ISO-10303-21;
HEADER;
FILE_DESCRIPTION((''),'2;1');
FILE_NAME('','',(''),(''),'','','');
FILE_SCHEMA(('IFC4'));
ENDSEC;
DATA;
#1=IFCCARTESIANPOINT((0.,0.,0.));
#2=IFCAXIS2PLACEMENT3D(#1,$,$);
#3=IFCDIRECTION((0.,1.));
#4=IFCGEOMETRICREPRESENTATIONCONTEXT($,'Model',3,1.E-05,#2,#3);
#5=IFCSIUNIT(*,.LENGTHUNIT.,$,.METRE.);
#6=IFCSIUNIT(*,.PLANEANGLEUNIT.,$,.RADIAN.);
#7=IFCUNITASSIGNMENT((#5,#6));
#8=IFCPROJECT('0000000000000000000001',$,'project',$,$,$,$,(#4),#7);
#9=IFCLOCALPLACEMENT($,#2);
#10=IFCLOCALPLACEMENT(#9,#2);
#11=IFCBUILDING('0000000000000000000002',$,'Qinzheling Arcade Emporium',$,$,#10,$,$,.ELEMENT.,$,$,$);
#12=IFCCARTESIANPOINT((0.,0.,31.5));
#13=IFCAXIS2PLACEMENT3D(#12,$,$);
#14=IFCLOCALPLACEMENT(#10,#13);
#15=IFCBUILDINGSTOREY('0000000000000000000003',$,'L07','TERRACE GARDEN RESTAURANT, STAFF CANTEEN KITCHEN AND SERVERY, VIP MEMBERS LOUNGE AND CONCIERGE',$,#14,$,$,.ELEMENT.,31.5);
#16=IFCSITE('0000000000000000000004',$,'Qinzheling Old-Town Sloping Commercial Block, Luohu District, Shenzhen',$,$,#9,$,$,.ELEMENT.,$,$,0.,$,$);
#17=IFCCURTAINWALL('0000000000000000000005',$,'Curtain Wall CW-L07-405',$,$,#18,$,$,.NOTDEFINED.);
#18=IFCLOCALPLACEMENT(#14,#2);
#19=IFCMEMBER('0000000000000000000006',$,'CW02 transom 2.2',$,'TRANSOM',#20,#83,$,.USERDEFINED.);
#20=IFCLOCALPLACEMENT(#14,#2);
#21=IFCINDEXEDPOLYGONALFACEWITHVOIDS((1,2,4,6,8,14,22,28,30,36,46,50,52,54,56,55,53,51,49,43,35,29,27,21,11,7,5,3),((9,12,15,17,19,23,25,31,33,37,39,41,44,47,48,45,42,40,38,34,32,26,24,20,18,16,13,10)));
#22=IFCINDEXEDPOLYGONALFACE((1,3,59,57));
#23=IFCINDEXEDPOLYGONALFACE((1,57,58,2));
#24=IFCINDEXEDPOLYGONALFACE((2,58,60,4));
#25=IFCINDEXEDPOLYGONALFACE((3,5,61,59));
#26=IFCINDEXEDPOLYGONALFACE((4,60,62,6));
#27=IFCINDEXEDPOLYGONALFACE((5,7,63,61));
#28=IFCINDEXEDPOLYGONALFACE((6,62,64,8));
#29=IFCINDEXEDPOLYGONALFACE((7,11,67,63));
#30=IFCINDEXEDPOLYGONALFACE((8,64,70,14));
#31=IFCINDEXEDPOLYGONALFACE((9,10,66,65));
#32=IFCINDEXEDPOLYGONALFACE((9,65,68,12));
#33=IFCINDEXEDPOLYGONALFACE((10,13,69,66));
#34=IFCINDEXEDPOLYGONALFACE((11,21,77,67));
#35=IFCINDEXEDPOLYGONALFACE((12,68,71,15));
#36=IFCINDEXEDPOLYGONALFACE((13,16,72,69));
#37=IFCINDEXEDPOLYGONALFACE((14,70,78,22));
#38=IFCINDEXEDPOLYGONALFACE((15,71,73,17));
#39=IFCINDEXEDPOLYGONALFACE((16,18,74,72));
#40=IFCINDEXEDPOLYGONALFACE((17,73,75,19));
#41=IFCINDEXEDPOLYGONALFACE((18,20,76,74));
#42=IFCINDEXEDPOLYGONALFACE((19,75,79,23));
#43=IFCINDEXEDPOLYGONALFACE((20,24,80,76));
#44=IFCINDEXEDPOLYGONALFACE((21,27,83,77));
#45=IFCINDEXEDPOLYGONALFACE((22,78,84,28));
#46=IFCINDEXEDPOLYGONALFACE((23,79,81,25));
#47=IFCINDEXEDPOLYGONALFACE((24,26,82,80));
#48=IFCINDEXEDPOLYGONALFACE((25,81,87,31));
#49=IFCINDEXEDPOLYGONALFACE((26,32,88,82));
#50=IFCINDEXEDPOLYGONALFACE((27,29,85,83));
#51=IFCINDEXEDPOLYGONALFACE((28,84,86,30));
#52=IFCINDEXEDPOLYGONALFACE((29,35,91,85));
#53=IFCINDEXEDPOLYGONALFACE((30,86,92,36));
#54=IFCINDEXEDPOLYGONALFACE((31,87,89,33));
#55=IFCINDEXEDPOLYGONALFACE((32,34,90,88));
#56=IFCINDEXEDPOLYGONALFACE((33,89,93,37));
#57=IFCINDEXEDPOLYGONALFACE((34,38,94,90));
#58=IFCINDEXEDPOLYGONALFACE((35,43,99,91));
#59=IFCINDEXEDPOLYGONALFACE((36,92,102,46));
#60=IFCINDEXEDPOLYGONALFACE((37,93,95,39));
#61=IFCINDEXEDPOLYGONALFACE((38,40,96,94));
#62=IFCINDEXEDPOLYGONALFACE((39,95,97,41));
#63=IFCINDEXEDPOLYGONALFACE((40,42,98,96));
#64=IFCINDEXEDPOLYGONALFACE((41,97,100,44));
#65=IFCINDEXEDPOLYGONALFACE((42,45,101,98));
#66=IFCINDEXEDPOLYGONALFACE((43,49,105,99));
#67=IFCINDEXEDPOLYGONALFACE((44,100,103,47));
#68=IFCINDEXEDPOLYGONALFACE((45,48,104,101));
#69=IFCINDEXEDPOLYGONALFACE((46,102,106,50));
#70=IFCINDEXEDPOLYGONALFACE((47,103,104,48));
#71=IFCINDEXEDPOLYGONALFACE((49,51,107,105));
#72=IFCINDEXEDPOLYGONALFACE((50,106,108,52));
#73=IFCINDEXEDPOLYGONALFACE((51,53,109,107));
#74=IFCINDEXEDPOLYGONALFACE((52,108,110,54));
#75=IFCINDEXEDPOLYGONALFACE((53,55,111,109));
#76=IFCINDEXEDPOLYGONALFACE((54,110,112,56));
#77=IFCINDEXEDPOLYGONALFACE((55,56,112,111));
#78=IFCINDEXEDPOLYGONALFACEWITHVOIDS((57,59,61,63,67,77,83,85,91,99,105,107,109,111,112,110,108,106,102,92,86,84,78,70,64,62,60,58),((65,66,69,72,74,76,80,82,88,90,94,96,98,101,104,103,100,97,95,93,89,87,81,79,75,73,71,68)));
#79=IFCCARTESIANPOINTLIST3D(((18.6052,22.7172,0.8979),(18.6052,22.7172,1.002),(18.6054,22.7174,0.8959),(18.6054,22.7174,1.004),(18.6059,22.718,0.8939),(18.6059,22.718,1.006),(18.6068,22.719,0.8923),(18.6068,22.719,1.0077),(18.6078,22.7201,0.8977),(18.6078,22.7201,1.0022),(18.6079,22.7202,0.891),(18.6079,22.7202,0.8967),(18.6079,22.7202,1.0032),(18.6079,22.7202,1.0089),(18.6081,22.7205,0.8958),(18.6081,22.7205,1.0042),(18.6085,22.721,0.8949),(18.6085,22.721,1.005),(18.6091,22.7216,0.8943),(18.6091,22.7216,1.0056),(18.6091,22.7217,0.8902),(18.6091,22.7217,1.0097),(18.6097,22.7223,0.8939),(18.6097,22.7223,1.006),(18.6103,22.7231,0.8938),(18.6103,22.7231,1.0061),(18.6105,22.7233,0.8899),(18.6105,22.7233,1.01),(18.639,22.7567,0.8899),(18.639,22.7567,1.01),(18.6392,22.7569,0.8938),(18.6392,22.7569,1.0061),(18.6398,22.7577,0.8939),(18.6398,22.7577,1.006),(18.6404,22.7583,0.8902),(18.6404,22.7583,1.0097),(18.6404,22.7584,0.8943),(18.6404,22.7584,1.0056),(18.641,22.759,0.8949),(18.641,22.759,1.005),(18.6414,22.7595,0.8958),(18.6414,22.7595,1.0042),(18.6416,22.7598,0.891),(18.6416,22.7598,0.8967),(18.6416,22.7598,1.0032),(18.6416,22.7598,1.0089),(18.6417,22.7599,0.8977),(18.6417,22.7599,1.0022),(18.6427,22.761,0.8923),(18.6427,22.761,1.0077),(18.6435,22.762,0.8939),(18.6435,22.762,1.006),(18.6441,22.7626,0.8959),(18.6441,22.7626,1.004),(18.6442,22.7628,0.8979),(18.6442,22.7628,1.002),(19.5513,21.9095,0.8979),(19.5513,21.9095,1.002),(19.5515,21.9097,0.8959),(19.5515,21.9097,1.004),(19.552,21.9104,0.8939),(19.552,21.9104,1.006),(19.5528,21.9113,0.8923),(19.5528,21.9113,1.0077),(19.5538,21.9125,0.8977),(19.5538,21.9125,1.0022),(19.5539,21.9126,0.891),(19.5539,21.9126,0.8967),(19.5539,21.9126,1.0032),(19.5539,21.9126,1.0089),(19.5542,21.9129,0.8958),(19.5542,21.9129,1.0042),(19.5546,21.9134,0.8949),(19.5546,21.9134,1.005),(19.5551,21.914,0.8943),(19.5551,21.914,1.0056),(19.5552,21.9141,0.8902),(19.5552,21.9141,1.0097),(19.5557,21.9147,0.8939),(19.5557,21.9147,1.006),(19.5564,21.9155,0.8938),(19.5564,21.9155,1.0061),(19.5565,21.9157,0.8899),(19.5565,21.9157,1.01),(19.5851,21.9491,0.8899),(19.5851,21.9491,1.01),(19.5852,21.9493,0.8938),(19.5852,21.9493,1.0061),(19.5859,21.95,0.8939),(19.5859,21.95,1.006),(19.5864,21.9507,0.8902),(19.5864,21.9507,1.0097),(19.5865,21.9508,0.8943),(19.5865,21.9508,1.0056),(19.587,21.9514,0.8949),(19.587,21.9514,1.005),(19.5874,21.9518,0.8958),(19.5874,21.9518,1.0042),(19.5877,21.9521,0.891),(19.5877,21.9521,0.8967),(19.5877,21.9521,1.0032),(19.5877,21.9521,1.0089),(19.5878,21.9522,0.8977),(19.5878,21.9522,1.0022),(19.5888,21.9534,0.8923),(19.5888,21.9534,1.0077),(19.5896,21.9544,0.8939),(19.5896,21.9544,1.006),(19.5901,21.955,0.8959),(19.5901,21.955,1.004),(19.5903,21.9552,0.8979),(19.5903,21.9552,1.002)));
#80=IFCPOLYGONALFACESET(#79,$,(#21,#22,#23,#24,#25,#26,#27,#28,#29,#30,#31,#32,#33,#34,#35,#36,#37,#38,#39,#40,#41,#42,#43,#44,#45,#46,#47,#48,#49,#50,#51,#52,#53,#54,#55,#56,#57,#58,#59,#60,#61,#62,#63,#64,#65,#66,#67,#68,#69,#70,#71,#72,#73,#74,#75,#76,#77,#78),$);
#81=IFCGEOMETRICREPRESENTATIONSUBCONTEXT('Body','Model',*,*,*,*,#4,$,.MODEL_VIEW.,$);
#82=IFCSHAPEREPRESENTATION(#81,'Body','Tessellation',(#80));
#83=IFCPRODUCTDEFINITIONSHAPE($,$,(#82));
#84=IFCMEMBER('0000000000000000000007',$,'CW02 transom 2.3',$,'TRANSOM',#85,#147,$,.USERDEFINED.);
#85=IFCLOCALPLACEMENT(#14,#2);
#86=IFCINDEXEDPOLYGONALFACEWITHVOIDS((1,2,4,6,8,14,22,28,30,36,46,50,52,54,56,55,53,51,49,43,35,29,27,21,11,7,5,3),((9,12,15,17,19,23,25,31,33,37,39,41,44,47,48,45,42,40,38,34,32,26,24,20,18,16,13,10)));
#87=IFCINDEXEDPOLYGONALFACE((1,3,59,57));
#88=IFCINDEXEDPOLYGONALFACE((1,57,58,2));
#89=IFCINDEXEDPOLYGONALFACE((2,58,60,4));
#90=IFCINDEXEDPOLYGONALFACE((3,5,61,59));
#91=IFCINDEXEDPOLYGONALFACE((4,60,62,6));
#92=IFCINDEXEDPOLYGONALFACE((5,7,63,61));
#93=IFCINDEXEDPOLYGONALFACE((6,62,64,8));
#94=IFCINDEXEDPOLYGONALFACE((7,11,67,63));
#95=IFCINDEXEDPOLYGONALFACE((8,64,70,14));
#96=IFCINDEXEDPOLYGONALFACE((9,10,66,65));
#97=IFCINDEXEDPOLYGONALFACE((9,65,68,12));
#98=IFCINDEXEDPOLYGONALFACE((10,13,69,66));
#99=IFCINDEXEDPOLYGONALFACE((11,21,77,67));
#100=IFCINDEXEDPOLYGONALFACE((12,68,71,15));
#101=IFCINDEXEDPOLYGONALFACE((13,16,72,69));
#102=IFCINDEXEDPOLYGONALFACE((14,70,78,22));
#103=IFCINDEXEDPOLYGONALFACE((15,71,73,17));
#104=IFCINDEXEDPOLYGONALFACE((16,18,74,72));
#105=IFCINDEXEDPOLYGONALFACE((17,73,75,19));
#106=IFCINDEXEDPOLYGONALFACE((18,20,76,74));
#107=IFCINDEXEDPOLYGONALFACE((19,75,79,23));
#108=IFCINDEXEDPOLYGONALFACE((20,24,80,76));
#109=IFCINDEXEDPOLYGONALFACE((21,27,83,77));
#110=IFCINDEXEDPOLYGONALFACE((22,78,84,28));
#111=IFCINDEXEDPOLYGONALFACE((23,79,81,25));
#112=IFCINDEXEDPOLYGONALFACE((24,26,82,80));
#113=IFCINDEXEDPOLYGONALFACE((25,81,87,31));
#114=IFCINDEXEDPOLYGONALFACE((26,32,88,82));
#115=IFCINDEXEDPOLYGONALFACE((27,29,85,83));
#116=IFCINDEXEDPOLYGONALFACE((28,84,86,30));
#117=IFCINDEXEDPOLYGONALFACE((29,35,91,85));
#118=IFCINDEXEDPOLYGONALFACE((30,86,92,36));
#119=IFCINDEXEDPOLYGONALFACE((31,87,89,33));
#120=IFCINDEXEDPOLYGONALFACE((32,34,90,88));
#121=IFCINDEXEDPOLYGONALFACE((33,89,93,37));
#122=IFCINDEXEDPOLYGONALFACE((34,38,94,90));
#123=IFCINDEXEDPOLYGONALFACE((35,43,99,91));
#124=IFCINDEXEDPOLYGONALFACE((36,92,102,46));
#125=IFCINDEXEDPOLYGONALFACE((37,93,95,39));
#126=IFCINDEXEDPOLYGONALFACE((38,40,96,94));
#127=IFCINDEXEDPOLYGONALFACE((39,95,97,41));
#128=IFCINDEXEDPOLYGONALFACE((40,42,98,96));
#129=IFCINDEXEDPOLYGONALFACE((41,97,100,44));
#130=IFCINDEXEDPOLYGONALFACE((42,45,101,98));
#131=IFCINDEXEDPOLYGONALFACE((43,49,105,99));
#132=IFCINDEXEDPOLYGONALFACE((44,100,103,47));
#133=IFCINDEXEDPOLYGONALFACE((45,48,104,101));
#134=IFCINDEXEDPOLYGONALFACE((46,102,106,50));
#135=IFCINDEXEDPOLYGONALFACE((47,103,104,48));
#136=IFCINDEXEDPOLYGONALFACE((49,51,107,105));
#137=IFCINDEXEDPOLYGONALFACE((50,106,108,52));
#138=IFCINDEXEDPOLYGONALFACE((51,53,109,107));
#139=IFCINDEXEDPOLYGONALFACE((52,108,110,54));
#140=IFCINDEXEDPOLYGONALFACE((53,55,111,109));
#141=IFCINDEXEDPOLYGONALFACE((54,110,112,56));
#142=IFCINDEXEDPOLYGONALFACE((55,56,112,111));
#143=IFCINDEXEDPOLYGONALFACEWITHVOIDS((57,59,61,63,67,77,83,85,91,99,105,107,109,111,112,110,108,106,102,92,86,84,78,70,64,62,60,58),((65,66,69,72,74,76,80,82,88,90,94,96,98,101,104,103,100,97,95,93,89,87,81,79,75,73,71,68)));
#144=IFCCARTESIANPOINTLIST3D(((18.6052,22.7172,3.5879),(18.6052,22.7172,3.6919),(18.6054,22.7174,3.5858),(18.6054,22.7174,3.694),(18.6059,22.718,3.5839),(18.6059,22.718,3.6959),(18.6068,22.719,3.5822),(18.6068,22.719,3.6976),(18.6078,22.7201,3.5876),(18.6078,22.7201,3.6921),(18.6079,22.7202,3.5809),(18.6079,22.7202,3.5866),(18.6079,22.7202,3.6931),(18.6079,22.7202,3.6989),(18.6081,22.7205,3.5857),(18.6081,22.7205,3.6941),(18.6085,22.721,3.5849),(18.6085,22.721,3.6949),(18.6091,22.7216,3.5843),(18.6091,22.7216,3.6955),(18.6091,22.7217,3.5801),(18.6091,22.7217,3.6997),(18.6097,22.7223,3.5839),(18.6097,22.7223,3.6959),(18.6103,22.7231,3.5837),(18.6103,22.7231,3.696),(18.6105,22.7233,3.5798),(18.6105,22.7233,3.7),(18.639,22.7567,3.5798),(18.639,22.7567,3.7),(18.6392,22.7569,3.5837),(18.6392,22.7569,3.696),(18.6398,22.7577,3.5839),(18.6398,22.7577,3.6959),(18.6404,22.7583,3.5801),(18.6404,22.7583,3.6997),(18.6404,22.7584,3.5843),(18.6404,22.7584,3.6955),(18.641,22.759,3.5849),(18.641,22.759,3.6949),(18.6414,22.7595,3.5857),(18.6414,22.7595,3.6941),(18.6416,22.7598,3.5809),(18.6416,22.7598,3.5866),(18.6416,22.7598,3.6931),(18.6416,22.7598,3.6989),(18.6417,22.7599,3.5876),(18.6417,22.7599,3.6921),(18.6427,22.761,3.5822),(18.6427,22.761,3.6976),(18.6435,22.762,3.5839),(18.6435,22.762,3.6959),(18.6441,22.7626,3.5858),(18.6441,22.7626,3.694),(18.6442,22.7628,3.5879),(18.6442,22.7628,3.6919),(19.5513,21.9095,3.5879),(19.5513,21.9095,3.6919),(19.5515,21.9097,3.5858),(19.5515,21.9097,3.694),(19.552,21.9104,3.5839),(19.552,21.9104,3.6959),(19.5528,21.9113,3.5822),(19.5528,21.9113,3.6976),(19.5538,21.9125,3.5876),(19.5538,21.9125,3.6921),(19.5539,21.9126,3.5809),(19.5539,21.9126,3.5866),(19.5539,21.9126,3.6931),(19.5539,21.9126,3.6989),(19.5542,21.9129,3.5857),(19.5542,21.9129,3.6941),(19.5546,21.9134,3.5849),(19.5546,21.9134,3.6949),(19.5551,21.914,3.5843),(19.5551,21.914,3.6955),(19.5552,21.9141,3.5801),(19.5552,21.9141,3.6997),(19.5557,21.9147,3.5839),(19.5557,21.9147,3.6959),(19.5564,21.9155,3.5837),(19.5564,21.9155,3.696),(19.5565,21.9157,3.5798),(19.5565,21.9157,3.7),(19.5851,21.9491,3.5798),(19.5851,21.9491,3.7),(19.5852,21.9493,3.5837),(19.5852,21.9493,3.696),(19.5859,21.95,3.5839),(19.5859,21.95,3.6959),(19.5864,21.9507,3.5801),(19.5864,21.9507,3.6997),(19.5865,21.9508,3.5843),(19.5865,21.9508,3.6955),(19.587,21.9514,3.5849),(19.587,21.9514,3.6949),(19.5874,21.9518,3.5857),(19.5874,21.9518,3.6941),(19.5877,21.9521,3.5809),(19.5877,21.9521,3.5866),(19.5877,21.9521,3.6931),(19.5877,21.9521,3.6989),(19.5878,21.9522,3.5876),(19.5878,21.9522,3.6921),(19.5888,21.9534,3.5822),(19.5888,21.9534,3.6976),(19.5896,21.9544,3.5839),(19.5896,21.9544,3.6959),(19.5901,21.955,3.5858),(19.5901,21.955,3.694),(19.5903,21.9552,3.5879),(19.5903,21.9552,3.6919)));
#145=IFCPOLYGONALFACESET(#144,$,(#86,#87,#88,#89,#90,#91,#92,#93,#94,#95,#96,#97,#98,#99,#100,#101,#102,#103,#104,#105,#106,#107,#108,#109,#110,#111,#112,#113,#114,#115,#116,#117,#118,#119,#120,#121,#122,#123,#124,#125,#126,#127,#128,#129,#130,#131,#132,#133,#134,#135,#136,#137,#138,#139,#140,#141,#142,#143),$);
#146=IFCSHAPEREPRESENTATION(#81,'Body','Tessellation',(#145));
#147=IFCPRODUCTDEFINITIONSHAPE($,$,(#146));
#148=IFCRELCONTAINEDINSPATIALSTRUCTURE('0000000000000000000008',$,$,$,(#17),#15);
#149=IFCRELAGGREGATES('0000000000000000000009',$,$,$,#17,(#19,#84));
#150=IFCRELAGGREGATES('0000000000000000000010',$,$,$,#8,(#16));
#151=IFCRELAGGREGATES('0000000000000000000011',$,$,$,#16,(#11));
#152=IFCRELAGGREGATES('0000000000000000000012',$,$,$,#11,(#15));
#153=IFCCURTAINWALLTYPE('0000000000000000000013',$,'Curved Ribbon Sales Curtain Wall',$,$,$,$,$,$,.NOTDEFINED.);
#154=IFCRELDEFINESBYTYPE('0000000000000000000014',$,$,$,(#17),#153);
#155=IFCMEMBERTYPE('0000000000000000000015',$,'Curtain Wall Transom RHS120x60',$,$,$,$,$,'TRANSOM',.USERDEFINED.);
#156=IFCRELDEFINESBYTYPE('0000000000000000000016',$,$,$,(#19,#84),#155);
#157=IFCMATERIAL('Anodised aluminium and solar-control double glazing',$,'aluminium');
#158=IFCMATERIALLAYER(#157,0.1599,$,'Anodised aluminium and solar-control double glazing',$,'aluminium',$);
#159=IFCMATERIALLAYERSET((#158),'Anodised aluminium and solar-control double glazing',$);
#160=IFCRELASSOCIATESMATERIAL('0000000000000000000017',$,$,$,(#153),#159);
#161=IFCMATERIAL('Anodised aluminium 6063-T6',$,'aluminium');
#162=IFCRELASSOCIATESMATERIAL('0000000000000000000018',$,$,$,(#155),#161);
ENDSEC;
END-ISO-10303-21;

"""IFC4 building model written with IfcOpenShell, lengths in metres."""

from ifc_helpers import new_model, si_unit, direction, frame, origin, origin_2d, place, context, subcontext, project, spatial, hollow_rectangle, extrude, material, layer, layer_set, material_profile, profile_set, type_object, element, aggregate, save


model = new_model("IFC4")

# Units and contexts
model_context = context("Model", 3, precision=1e-05, world=origin(), true_north=direction((0.0, 1.0)))
body_context = subcontext(model_context, "Body", "Model", "MODEL_VIEW")
ifc_project = project(units=[si_unit("LENGTHUNIT", "METRE"), si_unit("PLANEANGLEUNIT", "RADIAN")], contexts=[model_context])

# Site, building, storey
site_placement = place(None, origin())
site = spatial("IfcSite", under=ifc_project, at=site_placement, Name="Qinzheling Old-Town Sloping Commercial Block, Luohu District, Shenzhen", CompositionType="ELEMENT", RefElevation=0.0)
building_placement = place(site_placement, origin())
building = spatial("IfcBuilding", under=site, at=building_placement, Name="Qinzheling Arcade Emporium", CompositionType="ELEMENT")
storey_placement = place(building_placement, frame((0.0, 0.0, 31.5)))
storey = spatial("IfcBuildingStorey", under=building, at=storey_placement, Name="L07", Description="TERRACE GARDEN RESTAURANT, STAFF CANTEEN KITCHEN AND SERVERY, VIP MEMBERS LOUNGE AND CONCIERGE", CompositionType="ELEMENT", Elevation=31.5)

# Shared definitions
ifc_material_1 = material(Name="Anodised aluminium and solar-control double glazing", Category="aluminium")
ifc_layer_1 = layer(ifc_material_1, 0.1599, Name="Anodised aluminium and solar-control double glazing", Category="aluminium")
ifc_layer_set_1 = layer_set([ifc_layer_1], Name="Anodised aluminium and solar-control double glazing")
curtain_wall_type = type_object("IfcCurtainWallType", Name="Curved Ribbon Sales Curtain Wall", PredefinedType="NOTDEFINED", material=ifc_layer_set_1)
ifc_material_2 = material(Name="Anodised aluminium 6063-T6", Category="aluminium")

# Curtain wall
curtain_wall_1_placement = place(storey_placement, origin())
curtain_wall_1 = element("IfcCurtainWall", 1, at=curtain_wall_1_placement, inside=storey, type_object=curtain_wall_type, Name="Curtain Wall CW-L07-405", PredefinedType="NOTDEFINED")

# Members
ifc_material_profile_1 = material_profile(ifc_material_2, hollow_rectangle(XDim=0.0601, YDim=0.1201, WallThickness=0.0039, InnerFilletRadius=0.0039, OuterFilletRadius=0.0081, at=origin_2d()), Name="RHS 120x60x4", Category="aluminium")
ifc_profile_set_1 = profile_set([ifc_material_profile_1], Name="Anodised aluminium 6063-T6")
member_type_1 = type_object("IfcMemberType", Name="Curtain Wall Transom RHS120x60", ElementType="TRANSOM", PredefinedType="USERDEFINED", material=ifc_profile_set_1)
member_1_placement = place(storey_placement, frame((19.5708, 21.9324, 0.95), z_axis=(-0.760557, 0.649271, 0.0), x_axis=(-0.649271, -0.760557, 0.0)))
member_1 = element("IfcMember", 2, at=member_1_placement, type_object=member_type_1, Name="CW02 transom 2.2", ObjectType="TRANSOM", PredefinedType="USERDEFINED", context=body_context, shape_type="SweptSolid", body=[
    extrude(hollow_rectangle(XDim=0.0601, YDim=0.1201, WallThickness=0.0039, InnerFilletRadius=0.0039, OuterFilletRadius=0.0081, at=origin_2d()), origin(), (0.0, 0.0, 1.0), 1.2439),
])
member_2_placement = place(storey_placement, frame((19.5708, 21.9324, 3.6399), z_axis=(-0.760557, 0.649271, 0.0), x_axis=(-0.649271, -0.760557, 0.0)))
member_2 = element("IfcMember", 3, at=member_2_placement, type_object=member_type_1, Name="CW02 transom 2.3", ObjectType="TRANSOM", PredefinedType="USERDEFINED", context=body_context, shape_type="SweptSolid", body=[
    extrude(hollow_rectangle(XDim=0.0601, YDim=0.1201, WallThickness=0.0039, InnerFilletRadius=0.0039, OuterFilletRadius=0.0081, at=origin_2d()), origin(), (0.0, 0.0, 1.0), 1.2439),
])

aggregate(curtain_wall_1, [member_1, member_2])

save(model, "model.ifc")
